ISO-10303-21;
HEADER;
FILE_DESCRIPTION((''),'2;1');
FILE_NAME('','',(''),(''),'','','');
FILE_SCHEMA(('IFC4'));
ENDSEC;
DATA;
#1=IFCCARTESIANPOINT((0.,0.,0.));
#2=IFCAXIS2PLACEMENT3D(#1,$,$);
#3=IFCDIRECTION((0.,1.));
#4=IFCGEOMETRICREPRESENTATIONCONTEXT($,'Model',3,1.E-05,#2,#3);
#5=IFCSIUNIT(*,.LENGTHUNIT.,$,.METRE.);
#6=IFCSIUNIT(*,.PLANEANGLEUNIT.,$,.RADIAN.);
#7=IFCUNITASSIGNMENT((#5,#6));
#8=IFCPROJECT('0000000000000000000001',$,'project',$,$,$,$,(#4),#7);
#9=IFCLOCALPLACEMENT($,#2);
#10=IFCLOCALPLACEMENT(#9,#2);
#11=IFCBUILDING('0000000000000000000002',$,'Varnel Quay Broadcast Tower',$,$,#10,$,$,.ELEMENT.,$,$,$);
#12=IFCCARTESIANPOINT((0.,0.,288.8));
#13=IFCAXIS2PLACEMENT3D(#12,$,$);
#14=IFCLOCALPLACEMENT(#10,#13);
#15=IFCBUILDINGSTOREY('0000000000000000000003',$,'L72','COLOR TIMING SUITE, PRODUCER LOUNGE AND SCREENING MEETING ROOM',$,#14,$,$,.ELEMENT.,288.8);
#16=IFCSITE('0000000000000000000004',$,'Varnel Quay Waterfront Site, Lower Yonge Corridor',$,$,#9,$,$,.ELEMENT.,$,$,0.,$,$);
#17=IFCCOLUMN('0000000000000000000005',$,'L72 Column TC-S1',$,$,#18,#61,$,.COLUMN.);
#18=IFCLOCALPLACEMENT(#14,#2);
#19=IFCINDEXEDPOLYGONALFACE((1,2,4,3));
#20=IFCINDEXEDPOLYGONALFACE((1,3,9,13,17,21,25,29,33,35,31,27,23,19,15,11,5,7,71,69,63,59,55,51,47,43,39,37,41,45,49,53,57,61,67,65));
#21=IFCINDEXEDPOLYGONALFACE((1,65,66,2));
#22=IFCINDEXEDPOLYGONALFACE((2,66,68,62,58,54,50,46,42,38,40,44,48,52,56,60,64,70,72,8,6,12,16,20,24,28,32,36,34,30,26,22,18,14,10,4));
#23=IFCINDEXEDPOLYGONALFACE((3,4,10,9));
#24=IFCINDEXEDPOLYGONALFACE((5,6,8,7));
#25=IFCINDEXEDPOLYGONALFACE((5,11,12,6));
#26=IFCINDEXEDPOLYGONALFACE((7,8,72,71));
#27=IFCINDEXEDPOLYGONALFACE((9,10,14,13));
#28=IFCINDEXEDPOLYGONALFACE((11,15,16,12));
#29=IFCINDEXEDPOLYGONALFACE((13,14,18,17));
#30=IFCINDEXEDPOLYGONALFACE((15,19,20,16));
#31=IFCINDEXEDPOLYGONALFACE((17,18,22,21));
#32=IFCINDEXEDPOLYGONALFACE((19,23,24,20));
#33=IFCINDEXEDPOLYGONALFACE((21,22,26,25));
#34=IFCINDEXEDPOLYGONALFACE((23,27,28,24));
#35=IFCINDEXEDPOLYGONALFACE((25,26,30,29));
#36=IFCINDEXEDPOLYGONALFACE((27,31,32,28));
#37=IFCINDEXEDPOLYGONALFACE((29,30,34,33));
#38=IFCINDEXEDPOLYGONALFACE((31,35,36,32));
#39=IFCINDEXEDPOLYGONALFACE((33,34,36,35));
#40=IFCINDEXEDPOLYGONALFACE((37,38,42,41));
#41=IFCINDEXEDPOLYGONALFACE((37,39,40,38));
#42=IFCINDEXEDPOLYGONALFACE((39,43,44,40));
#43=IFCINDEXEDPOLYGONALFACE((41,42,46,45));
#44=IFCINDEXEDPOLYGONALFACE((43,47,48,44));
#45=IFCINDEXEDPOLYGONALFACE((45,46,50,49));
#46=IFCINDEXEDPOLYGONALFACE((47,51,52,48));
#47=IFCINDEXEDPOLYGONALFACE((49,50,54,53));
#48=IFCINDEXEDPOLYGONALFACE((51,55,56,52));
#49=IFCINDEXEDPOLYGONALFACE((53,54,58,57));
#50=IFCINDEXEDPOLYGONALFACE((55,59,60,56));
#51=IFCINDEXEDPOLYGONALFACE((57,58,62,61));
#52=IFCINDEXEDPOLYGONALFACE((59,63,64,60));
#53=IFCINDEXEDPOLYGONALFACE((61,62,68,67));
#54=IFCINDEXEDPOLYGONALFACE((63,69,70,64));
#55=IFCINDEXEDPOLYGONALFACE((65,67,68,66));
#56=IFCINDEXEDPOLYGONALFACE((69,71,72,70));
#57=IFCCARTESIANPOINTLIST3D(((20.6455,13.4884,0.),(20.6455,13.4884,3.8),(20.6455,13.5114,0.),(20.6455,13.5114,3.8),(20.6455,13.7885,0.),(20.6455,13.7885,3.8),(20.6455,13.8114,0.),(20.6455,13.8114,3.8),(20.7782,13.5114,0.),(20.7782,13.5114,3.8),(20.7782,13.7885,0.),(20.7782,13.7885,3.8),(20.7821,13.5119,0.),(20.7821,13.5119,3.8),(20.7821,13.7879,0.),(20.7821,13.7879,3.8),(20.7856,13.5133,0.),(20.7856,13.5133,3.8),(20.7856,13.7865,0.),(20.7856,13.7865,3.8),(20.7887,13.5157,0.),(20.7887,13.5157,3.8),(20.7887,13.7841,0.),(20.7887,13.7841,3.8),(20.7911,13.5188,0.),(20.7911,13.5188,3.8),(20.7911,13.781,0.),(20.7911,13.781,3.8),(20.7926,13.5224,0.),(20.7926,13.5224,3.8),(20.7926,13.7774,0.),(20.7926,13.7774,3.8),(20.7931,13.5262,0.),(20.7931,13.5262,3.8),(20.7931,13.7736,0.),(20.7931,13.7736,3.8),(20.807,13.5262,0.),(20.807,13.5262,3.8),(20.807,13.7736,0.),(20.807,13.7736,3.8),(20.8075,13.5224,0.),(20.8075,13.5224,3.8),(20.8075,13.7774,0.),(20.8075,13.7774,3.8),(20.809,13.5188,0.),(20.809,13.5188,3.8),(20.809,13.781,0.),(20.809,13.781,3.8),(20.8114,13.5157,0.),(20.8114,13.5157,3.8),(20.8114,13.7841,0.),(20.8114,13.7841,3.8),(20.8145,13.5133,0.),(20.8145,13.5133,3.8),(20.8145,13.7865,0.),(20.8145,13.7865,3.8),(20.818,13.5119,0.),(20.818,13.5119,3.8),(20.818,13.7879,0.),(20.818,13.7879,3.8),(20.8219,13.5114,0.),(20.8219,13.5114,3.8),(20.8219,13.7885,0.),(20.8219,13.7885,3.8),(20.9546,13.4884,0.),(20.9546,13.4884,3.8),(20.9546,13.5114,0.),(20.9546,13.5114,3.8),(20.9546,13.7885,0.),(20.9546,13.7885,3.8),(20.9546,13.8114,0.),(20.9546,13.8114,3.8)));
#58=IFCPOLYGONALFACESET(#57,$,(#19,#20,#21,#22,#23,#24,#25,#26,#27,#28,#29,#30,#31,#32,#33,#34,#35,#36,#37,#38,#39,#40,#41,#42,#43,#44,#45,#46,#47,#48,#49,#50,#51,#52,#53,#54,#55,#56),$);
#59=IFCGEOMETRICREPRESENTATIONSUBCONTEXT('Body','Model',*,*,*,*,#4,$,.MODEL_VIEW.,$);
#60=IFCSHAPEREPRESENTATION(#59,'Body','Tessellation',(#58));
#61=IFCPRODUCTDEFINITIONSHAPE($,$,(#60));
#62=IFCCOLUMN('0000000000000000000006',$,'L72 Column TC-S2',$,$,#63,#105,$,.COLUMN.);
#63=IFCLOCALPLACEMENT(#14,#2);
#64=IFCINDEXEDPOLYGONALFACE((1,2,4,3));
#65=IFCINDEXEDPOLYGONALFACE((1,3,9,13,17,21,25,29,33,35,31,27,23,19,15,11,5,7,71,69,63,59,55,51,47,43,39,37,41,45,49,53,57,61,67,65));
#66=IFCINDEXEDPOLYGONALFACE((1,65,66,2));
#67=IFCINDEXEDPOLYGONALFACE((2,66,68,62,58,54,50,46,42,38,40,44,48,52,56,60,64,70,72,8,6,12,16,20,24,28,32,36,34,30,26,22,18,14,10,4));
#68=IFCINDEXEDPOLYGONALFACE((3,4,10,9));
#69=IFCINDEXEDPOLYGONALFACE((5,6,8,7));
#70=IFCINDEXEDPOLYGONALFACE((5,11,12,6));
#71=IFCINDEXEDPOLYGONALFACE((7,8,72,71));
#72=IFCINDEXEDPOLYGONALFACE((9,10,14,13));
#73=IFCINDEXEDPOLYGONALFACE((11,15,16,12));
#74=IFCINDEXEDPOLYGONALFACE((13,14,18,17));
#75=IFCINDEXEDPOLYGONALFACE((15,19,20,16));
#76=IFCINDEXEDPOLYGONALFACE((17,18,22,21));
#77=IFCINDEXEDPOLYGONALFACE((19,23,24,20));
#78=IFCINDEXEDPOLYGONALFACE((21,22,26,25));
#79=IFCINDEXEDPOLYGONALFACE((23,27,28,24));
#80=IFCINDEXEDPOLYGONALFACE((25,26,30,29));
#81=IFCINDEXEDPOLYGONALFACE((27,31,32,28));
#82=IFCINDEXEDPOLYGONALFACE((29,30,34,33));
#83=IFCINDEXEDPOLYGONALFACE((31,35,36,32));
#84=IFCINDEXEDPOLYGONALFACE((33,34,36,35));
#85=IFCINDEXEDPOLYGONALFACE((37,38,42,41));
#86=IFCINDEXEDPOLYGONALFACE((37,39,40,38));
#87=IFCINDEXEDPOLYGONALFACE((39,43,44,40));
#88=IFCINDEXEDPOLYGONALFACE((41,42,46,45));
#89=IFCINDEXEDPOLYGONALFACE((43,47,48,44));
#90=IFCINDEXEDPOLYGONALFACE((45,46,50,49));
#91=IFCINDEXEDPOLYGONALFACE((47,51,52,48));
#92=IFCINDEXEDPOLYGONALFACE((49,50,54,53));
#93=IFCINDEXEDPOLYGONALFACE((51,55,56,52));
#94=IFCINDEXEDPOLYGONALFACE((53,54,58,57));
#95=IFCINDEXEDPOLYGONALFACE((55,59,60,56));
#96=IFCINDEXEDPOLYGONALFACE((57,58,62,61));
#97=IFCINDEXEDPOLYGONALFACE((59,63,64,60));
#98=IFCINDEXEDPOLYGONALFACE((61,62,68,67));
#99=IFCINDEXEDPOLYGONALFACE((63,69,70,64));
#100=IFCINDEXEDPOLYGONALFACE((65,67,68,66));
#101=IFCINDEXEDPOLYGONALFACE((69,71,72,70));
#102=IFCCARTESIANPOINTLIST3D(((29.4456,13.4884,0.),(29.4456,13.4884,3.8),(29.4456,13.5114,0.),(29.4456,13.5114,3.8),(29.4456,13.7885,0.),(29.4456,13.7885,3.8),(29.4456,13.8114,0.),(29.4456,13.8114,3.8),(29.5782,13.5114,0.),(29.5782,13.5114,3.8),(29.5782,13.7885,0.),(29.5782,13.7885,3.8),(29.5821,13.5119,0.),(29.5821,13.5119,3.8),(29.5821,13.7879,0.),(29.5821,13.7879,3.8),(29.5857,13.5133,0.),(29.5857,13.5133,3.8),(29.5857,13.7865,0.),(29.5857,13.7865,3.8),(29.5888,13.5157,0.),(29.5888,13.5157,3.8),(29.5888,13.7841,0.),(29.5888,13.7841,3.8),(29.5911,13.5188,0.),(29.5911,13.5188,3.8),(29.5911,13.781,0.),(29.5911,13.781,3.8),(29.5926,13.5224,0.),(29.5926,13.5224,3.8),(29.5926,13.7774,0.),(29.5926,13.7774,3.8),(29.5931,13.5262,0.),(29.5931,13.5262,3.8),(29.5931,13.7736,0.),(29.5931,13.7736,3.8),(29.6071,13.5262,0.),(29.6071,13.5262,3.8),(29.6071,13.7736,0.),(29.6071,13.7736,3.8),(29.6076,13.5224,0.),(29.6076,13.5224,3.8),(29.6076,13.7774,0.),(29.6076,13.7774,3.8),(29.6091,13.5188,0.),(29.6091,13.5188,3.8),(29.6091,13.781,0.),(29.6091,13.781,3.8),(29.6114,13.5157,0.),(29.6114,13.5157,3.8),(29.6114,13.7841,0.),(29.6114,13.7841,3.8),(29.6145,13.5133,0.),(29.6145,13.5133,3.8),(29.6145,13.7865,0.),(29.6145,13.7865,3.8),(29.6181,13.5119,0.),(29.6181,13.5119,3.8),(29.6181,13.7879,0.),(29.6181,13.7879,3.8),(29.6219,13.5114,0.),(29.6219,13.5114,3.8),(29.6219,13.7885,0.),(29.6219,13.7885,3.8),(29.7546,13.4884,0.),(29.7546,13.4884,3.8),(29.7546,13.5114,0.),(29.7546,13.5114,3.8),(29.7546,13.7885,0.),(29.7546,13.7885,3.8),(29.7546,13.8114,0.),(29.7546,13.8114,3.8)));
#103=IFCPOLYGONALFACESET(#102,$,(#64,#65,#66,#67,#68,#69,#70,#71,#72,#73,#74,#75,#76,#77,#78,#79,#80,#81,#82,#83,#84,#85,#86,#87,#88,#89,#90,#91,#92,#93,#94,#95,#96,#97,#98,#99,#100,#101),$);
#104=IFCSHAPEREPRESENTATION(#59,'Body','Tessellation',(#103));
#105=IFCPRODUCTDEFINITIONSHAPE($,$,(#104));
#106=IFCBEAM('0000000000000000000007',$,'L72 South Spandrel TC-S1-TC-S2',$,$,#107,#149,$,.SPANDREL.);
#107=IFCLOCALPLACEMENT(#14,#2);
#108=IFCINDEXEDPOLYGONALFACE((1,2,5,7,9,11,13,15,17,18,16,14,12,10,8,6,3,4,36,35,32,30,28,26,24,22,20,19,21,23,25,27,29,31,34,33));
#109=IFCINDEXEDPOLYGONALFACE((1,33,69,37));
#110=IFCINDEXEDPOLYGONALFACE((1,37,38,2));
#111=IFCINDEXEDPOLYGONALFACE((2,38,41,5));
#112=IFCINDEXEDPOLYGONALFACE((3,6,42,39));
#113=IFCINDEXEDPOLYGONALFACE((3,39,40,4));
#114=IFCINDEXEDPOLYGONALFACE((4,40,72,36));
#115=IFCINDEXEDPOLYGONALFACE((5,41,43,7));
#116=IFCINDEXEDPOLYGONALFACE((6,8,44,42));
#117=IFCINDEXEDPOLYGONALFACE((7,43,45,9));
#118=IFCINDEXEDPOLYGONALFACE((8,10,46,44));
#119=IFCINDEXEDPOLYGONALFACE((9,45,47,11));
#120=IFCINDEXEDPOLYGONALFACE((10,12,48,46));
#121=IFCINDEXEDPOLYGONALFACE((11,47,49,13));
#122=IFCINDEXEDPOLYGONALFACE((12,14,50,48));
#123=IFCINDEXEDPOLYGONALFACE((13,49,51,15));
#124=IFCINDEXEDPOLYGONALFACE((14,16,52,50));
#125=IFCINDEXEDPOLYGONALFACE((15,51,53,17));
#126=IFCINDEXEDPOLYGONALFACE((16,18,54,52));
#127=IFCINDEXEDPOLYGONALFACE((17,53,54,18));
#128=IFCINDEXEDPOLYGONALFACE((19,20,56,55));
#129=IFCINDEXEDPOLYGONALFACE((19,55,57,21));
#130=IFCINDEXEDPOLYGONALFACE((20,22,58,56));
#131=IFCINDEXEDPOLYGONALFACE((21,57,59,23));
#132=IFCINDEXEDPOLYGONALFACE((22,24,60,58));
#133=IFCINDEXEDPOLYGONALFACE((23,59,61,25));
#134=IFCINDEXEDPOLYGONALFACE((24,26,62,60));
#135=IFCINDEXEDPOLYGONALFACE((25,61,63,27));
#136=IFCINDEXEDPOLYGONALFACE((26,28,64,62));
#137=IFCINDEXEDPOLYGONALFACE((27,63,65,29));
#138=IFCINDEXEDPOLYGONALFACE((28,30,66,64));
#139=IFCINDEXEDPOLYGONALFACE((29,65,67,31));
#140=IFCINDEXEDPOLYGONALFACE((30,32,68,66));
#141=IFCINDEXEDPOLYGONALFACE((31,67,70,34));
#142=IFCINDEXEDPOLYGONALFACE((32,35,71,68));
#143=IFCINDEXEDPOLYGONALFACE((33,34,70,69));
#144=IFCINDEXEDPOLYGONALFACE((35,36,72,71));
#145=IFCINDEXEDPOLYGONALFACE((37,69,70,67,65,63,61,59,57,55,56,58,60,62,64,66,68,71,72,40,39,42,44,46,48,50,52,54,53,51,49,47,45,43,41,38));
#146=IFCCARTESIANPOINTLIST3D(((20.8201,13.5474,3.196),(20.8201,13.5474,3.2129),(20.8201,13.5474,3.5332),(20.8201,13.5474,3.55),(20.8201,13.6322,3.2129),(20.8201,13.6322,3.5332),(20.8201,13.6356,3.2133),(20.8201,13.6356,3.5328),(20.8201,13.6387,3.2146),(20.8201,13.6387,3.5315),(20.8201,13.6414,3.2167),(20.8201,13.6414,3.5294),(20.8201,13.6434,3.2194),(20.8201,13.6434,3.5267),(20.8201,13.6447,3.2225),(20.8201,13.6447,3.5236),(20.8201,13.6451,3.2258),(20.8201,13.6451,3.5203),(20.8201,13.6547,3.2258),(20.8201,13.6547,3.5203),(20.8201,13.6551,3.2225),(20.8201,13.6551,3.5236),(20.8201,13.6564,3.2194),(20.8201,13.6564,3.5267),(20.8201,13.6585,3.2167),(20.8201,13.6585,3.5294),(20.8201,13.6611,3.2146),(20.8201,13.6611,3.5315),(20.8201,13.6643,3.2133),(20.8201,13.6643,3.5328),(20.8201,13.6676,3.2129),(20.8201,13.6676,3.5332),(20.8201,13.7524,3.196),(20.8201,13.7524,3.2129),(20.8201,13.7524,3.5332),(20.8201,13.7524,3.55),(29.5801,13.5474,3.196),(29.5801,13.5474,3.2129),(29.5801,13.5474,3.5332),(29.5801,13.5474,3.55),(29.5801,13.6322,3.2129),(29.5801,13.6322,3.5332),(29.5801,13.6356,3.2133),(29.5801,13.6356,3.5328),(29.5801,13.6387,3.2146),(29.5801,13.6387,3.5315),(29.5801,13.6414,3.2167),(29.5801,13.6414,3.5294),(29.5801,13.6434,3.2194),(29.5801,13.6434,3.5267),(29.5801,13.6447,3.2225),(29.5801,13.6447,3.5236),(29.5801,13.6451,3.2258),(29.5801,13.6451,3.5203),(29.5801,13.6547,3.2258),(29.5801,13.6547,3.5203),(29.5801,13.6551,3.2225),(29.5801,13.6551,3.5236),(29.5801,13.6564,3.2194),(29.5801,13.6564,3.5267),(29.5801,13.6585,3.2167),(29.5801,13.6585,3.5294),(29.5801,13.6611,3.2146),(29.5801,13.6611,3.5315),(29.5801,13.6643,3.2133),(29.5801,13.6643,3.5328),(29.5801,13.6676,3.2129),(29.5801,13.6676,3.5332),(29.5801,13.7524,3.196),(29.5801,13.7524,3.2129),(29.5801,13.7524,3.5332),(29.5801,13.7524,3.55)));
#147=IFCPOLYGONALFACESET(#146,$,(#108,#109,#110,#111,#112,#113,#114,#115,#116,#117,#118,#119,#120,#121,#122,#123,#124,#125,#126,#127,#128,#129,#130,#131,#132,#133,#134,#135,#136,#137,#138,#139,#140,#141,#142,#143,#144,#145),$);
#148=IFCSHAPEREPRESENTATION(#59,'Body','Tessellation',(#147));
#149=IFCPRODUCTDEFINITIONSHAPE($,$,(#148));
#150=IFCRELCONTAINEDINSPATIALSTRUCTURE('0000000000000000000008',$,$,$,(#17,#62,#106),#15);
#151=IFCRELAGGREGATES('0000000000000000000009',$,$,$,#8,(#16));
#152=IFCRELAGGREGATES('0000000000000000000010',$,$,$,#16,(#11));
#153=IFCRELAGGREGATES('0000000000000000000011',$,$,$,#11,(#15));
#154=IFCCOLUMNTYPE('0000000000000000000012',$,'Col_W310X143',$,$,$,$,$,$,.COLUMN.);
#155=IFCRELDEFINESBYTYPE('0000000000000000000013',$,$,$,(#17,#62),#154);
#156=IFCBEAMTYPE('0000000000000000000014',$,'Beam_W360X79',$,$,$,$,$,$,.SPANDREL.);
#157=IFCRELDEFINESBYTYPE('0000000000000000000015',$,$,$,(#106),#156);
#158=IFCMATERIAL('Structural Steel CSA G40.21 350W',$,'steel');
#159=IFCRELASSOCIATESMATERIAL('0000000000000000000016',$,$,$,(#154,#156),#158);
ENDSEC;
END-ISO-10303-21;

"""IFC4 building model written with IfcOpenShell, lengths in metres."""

from ifc_helpers import new_model, si_unit, direction, frame, origin, origin_2d, place, context, subcontext, project, spatial, i_section, extrude, source, transform, mapped, material, material_profile, profile_set, type_object, type_shapes, element, save


model = new_model("IFC4")

# Units and contexts
model_context = context("Model", 3, precision=1e-05, world=origin(), true_north=direction((0.0, 1.0)))
body_context = subcontext(model_context, "Body", "Model", "MODEL_VIEW")
ifc_project = project(units=[si_unit("LENGTHUNIT", "METRE"), si_unit("PLANEANGLEUNIT", "RADIAN")], contexts=[model_context])

# Site, building, storey
site_placement = place(None, origin())
site = spatial("IfcSite", under=ifc_project, at=site_placement, Name="Varnel Quay Waterfront Site, Lower Yonge Corridor", CompositionType="ELEMENT", RefElevation=0.0)
building_placement = place(site_placement, origin())
building = spatial("IfcBuilding", under=site, at=building_placement, Name="Varnel Quay Broadcast Tower", CompositionType="ELEMENT")
storey_placement = place(building_placement, frame((0.0, 0.0, 288.8)))
storey = spatial("IfcBuildingStorey", under=building, at=storey_placement, Name="L72", Description="COLOR TIMING SUITE, PRODUCER LOUNGE AND SCREENING MEETING ROOM", CompositionType="ELEMENT", Elevation=288.8)

# Columns
ifc_material_1 = material(Name="Structural Steel CSA G40.21 350W", Category="steel")
ifc_material_profile_1 = material_profile(ifc_material_1, i_section(OverallWidth=0.3091, OverallDepth=0.323, WebThickness=0.0139, FlangeThickness=0.0229, FilletRadius=0.0149, at=origin_2d()), Name="W310X143")
ifc_profile_set_1 = profile_set([ifc_material_profile_1], Name="Structural Steel CSA G40.21 350W")
column_type = type_object("IfcColumnType", Name="Col_W310X143", PredefinedType="COLUMN", material=ifc_profile_set_1)
shared_shape_1 = source(origin(), body_context, "Body", "SweptSolid", [
    extrude(i_section(OverallWidth=0.3091, OverallDepth=0.323, WebThickness=0.0139, FlangeThickness=0.0229, FilletRadius=0.0149, at=origin_2d()), origin(), (0.0, 0.0, 1.0), 3.8),
])
type_shapes(column_type, [shared_shape_1])
for number, where, z_axis, x_axis, name in (
    (1, (20.8, 13.6499, 0.0), (0.0, 0.0, 1.0), (1.0, 0.0, 0.0), "L72 Column TC-S1"),
    (2, (29.6001, 13.6499, 0.0), (0.0, 0.0, 1.0), (1.0, 0.0, 0.0), "L72 Column TC-S2"),
):
    element("IfcColumn", number, at=place(storey_placement, frame(where, z_axis=z_axis, x_axis=x_axis)), inside=storey, type_object=column_type, Name=name, PredefinedType="COLUMN", context=body_context, shape_type="MappedRepresentation", body=[
        mapped(shared_shape_1, transform((0.0, 0.0, 0.0), x_axis=(1.0, 0.0, 0.0), y_axis=(0.0, 1.0, 0.0), z_axis=(0.0, 0.0, 1.0), scale=1.0)),
    ])

# Beam
ifc_material_profile_2 = material_profile(ifc_material_1, i_section(OverallWidth=0.2051, OverallDepth=0.354, WebThickness=0.0095, FlangeThickness=0.0168, FilletRadius=0.0129, at=origin_2d()), Name="W360X79")
ifc_profile_set_2 = profile_set([ifc_material_profile_2], Name="Structural Steel CSA G40.21 350W")
beam_type_1 = type_object("IfcBeamType", Name="Beam_W360X79", PredefinedType="SPANDREL", material=ifc_profile_set_2)
shared_shape_2 = source(origin(), body_context, "Body", "SweptSolid", [
    extrude(i_section(OverallWidth=0.2051, OverallDepth=0.354, WebThickness=0.0095, FlangeThickness=0.0168, FilletRadius=0.0129, at=origin_2d()), origin(), (0.0, 0.0, 1.0), 8.76),
])
type_shapes(beam_type_1, [shared_shape_2])
beam_1_placement = place(storey_placement, frame((20.8201, 13.6499, 3.373), z_axis=(1.0, 0.0, 0.0), x_axis=(0.0, 1.0, 0.0)))
element("IfcBeam", 3, at=beam_1_placement, inside=storey, type_object=beam_type_1, Name="L72 South Spandrel TC-S1-TC-S2", PredefinedType="SPANDREL", context=body_context, shape_type="MappedRepresentation", body=[
    mapped(shared_shape_2, transform((0.0, 0.0, 0.0), x_axis=(1.0, 0.0, 0.0), y_axis=(0.0, 1.0, 0.0), z_axis=(0.0, 0.0, 1.0), scale=1.0)),
])

save(model, "model.ifc")
